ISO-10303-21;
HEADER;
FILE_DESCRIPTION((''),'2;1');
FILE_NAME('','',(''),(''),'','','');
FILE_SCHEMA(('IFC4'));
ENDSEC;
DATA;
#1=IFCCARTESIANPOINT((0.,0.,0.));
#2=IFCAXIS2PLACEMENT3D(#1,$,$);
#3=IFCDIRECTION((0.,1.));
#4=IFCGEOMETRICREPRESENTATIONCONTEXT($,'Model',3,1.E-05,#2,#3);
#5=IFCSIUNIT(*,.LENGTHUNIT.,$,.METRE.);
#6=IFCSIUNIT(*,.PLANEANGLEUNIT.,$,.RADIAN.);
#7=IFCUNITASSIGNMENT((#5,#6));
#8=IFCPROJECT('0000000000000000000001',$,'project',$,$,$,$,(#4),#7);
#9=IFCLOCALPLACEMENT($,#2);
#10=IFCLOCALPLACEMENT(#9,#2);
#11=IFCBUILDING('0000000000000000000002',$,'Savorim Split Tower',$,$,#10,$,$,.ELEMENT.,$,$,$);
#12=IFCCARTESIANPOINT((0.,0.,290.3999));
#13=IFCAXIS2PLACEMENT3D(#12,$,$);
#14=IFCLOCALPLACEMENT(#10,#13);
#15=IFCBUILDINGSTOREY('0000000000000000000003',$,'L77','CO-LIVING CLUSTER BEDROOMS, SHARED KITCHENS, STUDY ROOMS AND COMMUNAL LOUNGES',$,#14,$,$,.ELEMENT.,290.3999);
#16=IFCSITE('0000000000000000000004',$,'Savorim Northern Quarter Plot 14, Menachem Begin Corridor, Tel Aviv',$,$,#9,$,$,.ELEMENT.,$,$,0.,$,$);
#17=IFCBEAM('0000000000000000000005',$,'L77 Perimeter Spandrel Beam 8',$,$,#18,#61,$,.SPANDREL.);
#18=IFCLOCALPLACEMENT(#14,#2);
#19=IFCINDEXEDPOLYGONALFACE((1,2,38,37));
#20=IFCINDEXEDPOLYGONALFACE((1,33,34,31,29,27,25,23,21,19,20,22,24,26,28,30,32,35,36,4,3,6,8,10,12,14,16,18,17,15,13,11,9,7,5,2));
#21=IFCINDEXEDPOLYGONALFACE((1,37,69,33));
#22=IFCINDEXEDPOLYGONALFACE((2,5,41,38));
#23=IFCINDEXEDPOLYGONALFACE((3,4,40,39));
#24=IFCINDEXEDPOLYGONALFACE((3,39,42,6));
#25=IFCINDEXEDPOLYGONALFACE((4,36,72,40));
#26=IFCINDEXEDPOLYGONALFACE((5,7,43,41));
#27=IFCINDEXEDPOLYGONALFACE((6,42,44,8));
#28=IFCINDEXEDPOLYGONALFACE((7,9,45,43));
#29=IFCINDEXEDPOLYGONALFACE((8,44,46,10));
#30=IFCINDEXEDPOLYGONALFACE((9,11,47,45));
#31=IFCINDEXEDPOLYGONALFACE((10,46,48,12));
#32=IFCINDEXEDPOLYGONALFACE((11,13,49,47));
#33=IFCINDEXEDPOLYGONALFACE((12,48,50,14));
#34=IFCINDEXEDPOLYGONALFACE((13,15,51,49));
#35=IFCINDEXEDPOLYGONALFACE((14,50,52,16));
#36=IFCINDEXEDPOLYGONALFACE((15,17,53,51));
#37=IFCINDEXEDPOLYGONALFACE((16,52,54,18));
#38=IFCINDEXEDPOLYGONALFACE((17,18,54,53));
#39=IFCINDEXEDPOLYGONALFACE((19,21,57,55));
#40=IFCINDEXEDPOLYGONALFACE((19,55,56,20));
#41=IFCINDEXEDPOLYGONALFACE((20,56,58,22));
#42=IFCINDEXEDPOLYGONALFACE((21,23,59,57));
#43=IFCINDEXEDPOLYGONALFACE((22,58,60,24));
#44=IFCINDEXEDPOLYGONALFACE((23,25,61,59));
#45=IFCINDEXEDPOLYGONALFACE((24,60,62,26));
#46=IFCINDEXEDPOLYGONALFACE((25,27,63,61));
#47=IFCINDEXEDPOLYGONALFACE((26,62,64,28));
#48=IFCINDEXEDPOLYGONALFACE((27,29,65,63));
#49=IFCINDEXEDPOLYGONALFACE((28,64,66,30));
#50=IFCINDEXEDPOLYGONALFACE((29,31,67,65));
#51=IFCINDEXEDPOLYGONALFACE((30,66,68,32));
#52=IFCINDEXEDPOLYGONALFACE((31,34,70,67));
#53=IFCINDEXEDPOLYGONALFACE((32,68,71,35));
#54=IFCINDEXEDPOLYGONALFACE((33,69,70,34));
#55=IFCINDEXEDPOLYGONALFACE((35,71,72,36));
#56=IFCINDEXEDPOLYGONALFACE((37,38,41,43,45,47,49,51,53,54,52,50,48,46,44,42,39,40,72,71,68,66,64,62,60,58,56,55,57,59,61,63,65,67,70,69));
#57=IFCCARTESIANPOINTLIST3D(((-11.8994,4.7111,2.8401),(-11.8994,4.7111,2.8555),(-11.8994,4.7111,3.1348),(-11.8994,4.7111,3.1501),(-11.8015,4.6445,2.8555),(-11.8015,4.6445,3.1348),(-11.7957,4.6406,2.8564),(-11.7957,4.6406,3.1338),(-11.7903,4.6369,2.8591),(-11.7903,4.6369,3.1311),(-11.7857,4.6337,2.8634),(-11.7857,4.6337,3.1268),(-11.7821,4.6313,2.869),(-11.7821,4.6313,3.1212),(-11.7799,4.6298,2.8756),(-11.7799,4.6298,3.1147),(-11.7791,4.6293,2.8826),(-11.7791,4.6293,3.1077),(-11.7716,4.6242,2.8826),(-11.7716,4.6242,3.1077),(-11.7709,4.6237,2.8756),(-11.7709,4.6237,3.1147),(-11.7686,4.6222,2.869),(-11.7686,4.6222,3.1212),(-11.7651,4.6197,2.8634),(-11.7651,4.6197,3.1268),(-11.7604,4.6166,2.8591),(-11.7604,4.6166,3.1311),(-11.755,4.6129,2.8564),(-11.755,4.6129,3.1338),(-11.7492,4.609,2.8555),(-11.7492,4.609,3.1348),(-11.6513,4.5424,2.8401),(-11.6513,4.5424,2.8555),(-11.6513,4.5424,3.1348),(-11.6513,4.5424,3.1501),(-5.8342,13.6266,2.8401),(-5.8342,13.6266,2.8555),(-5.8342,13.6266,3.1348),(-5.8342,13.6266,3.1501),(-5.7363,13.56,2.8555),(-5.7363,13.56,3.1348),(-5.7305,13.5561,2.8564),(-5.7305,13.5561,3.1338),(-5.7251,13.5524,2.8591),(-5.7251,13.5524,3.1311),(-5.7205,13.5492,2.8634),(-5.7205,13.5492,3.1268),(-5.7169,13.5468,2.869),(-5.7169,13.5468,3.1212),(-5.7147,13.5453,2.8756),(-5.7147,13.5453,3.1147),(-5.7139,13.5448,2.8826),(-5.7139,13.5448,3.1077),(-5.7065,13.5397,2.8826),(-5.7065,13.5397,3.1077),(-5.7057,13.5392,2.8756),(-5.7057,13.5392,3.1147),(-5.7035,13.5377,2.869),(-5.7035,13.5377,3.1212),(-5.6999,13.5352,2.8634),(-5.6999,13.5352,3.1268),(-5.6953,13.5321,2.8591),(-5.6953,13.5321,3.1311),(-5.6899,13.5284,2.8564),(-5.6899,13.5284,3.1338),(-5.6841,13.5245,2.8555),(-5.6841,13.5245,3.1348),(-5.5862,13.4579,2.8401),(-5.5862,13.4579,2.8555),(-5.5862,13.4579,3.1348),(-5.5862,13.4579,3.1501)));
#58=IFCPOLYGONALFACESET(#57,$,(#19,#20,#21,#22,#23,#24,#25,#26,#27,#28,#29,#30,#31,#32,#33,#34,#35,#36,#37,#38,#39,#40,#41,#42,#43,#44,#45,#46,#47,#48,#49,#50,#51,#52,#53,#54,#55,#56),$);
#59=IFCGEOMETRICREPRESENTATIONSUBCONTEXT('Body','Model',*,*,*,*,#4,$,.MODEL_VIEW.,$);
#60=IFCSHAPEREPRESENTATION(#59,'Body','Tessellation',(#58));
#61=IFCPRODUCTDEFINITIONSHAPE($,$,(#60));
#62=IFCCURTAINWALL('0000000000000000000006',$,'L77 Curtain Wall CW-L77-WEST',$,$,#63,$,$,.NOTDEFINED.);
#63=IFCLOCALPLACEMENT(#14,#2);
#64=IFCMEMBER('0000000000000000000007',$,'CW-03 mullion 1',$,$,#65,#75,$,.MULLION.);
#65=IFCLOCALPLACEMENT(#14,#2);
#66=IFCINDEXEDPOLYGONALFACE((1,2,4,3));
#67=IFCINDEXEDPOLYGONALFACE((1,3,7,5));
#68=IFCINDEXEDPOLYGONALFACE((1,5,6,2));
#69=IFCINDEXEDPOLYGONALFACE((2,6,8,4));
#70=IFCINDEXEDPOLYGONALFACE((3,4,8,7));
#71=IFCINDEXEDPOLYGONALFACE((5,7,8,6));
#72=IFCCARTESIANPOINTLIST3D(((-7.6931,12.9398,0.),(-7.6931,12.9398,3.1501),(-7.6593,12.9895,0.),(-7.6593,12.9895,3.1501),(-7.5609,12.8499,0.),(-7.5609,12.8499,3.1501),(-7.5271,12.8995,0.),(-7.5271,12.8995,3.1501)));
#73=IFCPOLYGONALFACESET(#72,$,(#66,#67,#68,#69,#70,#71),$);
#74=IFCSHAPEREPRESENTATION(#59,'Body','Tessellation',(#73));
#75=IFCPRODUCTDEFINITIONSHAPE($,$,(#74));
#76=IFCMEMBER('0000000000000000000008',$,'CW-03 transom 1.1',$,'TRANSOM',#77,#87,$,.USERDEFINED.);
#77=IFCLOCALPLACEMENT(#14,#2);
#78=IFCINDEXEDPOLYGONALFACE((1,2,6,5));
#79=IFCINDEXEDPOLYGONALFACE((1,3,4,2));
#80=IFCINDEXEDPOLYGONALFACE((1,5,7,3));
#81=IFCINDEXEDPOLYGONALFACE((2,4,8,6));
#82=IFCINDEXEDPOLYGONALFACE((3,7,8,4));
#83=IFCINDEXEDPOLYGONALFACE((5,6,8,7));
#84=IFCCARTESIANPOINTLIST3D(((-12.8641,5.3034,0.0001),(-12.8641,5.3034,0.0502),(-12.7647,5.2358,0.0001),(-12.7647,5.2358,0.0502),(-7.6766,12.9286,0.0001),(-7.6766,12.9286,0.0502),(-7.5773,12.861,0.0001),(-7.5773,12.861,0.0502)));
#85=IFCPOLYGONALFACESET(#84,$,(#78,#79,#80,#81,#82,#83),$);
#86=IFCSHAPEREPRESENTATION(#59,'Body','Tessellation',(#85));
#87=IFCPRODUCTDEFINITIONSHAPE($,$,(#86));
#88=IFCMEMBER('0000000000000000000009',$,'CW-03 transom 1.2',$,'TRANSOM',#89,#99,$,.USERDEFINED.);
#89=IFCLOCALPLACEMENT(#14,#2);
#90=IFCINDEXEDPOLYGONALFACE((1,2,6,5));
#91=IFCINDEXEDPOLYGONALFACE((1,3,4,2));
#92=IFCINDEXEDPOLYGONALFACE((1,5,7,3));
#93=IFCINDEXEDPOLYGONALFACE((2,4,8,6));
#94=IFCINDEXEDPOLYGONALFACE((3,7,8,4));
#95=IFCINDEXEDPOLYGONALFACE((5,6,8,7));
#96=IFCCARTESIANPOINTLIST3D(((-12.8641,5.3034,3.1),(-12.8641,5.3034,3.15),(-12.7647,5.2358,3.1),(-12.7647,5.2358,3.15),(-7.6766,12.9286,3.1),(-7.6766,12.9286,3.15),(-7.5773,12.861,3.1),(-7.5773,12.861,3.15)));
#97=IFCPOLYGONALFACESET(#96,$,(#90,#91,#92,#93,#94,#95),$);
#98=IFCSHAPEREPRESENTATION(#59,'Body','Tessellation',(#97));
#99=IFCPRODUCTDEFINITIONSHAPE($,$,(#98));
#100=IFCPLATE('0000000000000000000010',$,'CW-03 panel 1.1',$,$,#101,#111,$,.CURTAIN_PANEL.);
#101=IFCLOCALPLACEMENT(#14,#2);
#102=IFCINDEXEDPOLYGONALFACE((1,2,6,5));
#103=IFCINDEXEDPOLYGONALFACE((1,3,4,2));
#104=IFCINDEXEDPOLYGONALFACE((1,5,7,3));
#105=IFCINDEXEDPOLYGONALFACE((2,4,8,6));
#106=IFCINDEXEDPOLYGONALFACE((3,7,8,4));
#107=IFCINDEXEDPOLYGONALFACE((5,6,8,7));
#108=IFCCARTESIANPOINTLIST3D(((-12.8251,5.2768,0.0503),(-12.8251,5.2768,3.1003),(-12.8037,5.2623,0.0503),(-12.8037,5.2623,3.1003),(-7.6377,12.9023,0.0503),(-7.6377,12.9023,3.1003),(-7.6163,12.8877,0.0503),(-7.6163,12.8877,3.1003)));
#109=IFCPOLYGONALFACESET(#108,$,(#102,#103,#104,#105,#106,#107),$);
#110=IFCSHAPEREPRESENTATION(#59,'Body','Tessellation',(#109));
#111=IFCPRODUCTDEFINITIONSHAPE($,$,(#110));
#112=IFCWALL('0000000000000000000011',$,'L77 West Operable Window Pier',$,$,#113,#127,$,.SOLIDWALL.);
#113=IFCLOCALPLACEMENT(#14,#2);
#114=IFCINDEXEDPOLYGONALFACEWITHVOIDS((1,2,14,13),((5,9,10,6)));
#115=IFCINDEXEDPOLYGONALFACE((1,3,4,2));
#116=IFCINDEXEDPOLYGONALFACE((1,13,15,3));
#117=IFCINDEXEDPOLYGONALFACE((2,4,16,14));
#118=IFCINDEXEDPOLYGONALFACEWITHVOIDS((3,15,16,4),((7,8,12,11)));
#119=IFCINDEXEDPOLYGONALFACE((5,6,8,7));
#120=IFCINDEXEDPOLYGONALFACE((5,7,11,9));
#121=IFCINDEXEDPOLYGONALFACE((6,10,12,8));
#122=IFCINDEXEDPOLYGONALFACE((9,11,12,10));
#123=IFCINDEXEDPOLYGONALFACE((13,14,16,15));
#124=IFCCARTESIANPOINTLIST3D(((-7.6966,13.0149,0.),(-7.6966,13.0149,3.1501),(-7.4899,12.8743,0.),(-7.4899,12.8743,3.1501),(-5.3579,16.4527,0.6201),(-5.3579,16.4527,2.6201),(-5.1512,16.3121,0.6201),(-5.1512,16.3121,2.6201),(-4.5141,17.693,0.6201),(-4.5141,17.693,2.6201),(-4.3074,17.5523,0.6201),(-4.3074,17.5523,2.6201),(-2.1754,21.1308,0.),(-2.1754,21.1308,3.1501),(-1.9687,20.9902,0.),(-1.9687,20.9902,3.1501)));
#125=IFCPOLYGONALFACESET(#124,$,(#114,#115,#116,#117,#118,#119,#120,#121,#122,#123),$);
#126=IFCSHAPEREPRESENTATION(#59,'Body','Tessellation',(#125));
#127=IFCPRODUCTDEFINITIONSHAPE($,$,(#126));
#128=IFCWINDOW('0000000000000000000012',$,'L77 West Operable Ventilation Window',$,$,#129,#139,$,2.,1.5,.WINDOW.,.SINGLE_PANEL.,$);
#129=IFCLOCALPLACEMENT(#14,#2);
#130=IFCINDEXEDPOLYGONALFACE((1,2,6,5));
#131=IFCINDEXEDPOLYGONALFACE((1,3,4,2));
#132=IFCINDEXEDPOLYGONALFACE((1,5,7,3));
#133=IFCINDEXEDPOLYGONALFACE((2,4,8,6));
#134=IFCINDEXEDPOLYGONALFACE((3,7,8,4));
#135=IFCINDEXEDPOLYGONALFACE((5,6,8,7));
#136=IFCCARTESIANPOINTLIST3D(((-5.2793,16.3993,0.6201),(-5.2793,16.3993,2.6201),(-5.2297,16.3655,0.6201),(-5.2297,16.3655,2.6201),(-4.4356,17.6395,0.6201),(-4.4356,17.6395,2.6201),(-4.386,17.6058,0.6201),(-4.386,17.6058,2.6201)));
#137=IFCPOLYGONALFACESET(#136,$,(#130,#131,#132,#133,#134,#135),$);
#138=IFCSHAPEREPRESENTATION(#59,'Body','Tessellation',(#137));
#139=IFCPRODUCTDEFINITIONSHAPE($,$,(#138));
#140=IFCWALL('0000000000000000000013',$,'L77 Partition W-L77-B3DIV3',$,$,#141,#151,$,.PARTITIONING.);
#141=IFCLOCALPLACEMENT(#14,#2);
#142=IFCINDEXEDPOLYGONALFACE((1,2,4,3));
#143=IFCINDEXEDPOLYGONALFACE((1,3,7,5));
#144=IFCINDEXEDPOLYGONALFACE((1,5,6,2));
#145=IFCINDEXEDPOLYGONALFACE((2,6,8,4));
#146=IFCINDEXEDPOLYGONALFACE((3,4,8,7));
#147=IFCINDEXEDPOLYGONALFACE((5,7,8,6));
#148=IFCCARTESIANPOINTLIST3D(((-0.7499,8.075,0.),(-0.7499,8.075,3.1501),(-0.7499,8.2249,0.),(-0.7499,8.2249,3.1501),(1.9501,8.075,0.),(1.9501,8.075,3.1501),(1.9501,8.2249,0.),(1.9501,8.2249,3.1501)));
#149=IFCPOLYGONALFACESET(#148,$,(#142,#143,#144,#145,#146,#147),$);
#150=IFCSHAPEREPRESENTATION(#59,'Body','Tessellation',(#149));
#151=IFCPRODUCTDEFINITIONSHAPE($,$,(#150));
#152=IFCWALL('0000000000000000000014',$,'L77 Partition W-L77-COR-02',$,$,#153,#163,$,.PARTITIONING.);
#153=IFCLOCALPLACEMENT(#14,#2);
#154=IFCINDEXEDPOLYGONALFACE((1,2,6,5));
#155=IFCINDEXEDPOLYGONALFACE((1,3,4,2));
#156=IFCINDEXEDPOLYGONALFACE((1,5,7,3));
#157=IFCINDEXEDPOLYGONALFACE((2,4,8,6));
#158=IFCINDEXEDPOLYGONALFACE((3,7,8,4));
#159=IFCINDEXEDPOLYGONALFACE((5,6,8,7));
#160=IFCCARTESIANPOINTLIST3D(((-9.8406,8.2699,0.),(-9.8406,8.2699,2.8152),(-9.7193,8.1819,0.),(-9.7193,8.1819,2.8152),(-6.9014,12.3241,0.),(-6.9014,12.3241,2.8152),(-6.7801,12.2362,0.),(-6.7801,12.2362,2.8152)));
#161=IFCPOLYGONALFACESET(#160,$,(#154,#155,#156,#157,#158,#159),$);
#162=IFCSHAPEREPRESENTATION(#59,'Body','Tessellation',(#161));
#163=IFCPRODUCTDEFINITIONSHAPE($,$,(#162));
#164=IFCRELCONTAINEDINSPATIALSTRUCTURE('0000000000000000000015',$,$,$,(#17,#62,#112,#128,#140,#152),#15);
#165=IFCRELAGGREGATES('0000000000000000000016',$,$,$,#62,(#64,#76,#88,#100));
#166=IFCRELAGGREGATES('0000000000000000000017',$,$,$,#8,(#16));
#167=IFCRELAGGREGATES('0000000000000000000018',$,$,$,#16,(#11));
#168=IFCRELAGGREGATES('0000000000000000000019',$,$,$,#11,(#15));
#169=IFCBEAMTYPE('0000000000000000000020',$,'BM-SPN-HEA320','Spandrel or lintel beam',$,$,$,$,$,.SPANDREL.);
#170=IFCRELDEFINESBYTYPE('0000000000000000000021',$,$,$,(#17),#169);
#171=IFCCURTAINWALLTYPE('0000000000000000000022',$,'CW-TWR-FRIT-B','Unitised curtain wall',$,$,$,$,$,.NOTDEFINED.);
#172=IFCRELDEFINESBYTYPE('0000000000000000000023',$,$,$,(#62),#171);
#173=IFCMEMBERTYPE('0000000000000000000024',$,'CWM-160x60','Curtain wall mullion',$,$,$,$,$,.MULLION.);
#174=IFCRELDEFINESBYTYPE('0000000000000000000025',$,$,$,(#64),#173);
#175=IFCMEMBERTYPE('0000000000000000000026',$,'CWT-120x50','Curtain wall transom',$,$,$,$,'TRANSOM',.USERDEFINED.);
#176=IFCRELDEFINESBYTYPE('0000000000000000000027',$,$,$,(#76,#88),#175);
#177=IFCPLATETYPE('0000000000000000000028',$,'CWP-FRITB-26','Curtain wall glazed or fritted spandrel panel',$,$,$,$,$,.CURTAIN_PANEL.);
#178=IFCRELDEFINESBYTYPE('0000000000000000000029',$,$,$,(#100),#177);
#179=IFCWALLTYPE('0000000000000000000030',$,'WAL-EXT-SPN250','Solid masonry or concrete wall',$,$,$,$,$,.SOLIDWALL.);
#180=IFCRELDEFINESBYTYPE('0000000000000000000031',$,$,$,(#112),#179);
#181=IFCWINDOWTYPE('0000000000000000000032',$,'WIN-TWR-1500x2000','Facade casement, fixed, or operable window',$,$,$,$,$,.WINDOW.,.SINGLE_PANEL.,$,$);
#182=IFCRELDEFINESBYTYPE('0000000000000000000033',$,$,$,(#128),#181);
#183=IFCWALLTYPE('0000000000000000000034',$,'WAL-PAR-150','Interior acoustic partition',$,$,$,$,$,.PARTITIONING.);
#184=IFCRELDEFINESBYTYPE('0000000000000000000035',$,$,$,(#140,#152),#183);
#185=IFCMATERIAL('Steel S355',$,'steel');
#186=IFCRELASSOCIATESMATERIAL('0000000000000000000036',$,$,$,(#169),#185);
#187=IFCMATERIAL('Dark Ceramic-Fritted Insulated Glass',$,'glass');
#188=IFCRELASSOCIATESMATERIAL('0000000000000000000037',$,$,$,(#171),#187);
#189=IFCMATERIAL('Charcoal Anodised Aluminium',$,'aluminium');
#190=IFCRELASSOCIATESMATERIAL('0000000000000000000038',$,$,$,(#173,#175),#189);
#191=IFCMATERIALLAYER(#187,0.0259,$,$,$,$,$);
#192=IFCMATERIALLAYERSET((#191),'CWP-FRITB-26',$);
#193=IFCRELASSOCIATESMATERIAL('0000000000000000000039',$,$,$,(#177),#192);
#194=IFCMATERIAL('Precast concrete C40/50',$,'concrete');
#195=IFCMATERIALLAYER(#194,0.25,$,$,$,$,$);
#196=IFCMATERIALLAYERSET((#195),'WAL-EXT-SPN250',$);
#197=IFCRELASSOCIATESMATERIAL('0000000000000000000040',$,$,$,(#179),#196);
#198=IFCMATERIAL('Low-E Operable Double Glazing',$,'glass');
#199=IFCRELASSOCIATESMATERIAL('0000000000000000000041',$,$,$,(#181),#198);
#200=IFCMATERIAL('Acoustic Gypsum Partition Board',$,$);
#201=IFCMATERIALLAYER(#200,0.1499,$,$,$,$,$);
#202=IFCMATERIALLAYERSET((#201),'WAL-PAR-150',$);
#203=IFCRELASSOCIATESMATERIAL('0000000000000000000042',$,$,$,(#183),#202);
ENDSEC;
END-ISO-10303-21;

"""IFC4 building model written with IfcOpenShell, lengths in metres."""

from ifc_helpers import new_model, si_unit, direction, frame, frame_2d, origin, origin_2d, place, context, subcontext, project, spatial, rectangle, i_section, extrude, material, layer, layer_set, material_profile, profile_set, type_object, element, fill, aggregate, save


model = new_model("IFC4")

# Units and contexts
model_context = context("Model", 3, precision=1e-05, world=origin(), true_north=direction((0.0, 1.0)))
body_context = subcontext(model_context, "Body", "Model", "MODEL_VIEW")
ifc_project = project(units=[si_unit("LENGTHUNIT", "METRE"), si_unit("PLANEANGLEUNIT", "RADIAN")], contexts=[model_context])

# Site, building, storey
site_placement = place(None, origin())
site = spatial("IfcSite", under=ifc_project, at=site_placement, Name="Savorim Northern Quarter Plot 14, Menachem Begin Corridor, Tel Aviv", CompositionType="ELEMENT", RefElevation=0.0)
building_placement = place(site_placement, origin())
building = spatial("IfcBuilding", under=site, at=building_placement, Name="Savorim Split Tower", CompositionType="ELEMENT")
storey_placement = place(building_placement, frame((0.0, 0.0, 290.3999)))
storey = spatial("IfcBuildingStorey", under=building, at=storey_placement, Name="L77", Description="CO-LIVING CLUSTER BEDROOMS, SHARED KITCHENS, STUDY ROOMS AND COMMUNAL LOUNGES", CompositionType="ELEMENT", Elevation=290.3999)

# Shared definitions
ifc_material_1 = material(Name="Steel S355", Category="steel")

# Beam
ifc_material_profile_1 = material_profile(ifc_material_1, i_section(OverallWidth=0.3, OverallDepth=0.3101, WebThickness=0.009, FlangeThickness=0.0154, FilletRadius=0.0271, at=origin_2d()), Name="HEA 320")
ifc_profile_set_1 = profile_set([ifc_material_profile_1], Name="Steel S355")
beam_type_1 = type_object("IfcBeamType", Name="BM-SPN-HEA320", Description="Spandrel or lintel beam", PredefinedType="SPANDREL", material=ifc_profile_set_1)
beam_1_placement = place(storey_placement, frame((-5.7102, 13.5422, 2.9951), z_axis=(-0.562477, -0.826813, 0.0), x_axis=(0.826813, -0.562477, 0.0)))
element("IfcBeam", 1, at=beam_1_placement, inside=storey, type_object=beam_type_1, Name="L77 Perimeter Spandrel Beam 8", PredefinedType="SPANDREL", context=body_context, shape_type="SweptSolid", body=[
    extrude(i_section(OverallWidth=0.3, OverallDepth=0.3101, WebThickness=0.009, FlangeThickness=0.0154, FilletRadius=0.0271, at=origin_2d()), origin(), (0.0, 0.0, 1.0), 10.783),
])

# Curtain wall, members, plate
ifc_material_2 = material(Name="Dark Ceramic-Fritted Insulated Glass", Category="glass")
curtain_wall_type = type_object("IfcCurtainWallType", Name="CW-TWR-FRIT-B", Description="Unitised curtain wall", PredefinedType="NOTDEFINED", material=ifc_material_2)
curtain_wall_placement = place(storey_placement, origin())
curtain_wall = element("IfcCurtainWall", 2, at=curtain_wall_placement, inside=storey, type_object=curtain_wall_type, Name="L77 Curtain Wall CW-L77-WEST", PredefinedType="NOTDEFINED")
ifc_material_3 = material(Name="Charcoal Anodised Aluminium", Category="aluminium")
ifc_material_profile_2 = material_profile(ifc_material_3, rectangle(XDim=0.1599, YDim=0.0601, at=origin_2d()), Name="ALU-M 160x60")
ifc_profile_set_2 = profile_set([ifc_material_profile_2], Name="Charcoal Anodised Aluminium")
member_type_1 = type_object("IfcMemberType", Name="CWM-160x60", Description="Curtain wall mullion", PredefinedType="MULLION", material=ifc_profile_set_2)
member_1_placement = place(storey_placement, frame((-7.6101, 12.9197, 0.0), z_axis=(0.0, 0.0, 1.0), x_axis=(0.826818, -0.56247, 0.0)))
member_1 = element("IfcMember", 3, at=member_1_placement, type_object=member_type_1, Name="CW-03 mullion 1", PredefinedType="MULLION", context=body_context, shape_type="SweptSolid", body=[
    extrude(rectangle(XDim=0.1599, YDim=0.0601, at=origin_2d()), origin(), (0.0, 0.0, 1.0), 3.1501),
])
ifc_material_profile_3 = material_profile(ifc_material_3, rectangle(XDim=0.1201, YDim=0.05, at=origin_2d()), Name="ALU-T 120x50")
ifc_profile_set_3 = profile_set([ifc_material_profile_3], Name="Charcoal Anodised Aluminium")
member_type_2 = type_object("IfcMemberType", Name="CWT-120x50", Description="Curtain wall transom", ElementType="TRANSOM", PredefinedType="USERDEFINED", material=ifc_profile_set_3)
member_2_placement = place(storey_placement, frame((-7.627, 12.8948, 0.0251), z_axis=(-0.562483, -0.826809, 0.0), x_axis=(0.826809, -0.562483, 0.0)))
member_2 = element("IfcMember", 4, at=member_2_placement, type_object=member_type_2, Name="CW-03 transom 1.1", ObjectType="TRANSOM", PredefinedType="USERDEFINED", context=body_context, shape_type="SweptSolid", body=[
    extrude(rectangle(XDim=0.1201, YDim=0.05, at=origin_2d()), origin(), (0.0, 0.0, 1.0), 9.2224),
])
member_3_placement = place(storey_placement, frame((-7.627, 12.8948, 3.125), z_axis=(-0.562483, -0.826809, 0.0), x_axis=(0.826809, -0.562483, 0.0)))
member_3 = element("IfcMember", 5, at=member_3_placement, type_object=member_type_2, Name="CW-03 transom 1.2", ObjectType="TRANSOM", PredefinedType="USERDEFINED", context=body_context, shape_type="SweptSolid", body=[
    extrude(rectangle(XDim=0.1201, YDim=0.05, at=origin_2d()), origin(), (0.0, 0.0, 1.0), 9.2224),
])
ifc_layer_1 = layer(ifc_material_2, 0.0259)
ifc_layer_set_1 = layer_set([ifc_layer_1], Name="CWP-FRITB-26")
plate_type = type_object("IfcPlateType", Name="CWP-FRITB-26", Description="Curtain wall glazed or fritted spandrel panel", PredefinedType="CURTAIN_PANEL", material=ifc_layer_set_1)
plate_placement = place(storey_placement, frame((-10.2207, 9.0823, 0.0503), z_axis=(0.0, 0.0, 1.0), x_axis=(-0.56247, -0.826818, 0.0)))
plate = element("IfcPlate", 6, at=plate_placement, type_object=plate_type, Name="CW-03 panel 1.1", PredefinedType="CURTAIN_PANEL", context=body_context, shape_type="SweptSolid", body=[
    extrude(rectangle(XDim=9.2227, YDim=0.0259, at=origin_2d()), origin(), (0.0, 0.0, 1.0), 3.05),
])
aggregate(curtain_wall, [member_1, member_2, member_3, plate])

# Shared definitions
ifc_material_4 = material(Name="Precast concrete C40/50", Category="concrete")

# Wall, opening, window
ifc_layer_2 = layer(ifc_material_4, 0.25)
ifc_layer_set_2 = layer_set([ifc_layer_2], Name="WAL-EXT-SPN250")
wall_type_1 = type_object("IfcWallType", Name="WAL-EXT-SPN250", Description="Solid masonry or concrete wall", PredefinedType="SOLIDWALL", material=ifc_layer_set_2)
wall_1_placement = place(storey_placement, frame((-7.5933, 12.9446, 0.0), z_axis=(0.0, 0.0, 1.0), x_axis=(0.562476, 0.826814, 0.0)))
wall_1 = element("IfcWall", 7, at=wall_1_placement, inside=storey, type_object=wall_type_1, Name="L77 West Operable Window Pier", PredefinedType="SOLIDWALL", context=body_context, shape_type="SweptSolid", body=[
    extrude(rectangle(XDim=9.8159, YDim=0.25, at=frame_2d((4.908, 0.0))), origin(), (0.0, 0.0, 1.0), 3.1501),
])
opening_1_placement = place(wall_1_placement, frame((4.158, 0.0, 0.6201)))
opening_1 = element("IfcOpeningElement", 8, at=opening_1_placement, cuts=wall_1, PredefinedType="OPENING", context=body_context, shape_type="SweptSolid", body=[
    extrude(rectangle(XDim=1.5, YDim=2.0, at=frame_2d((0.75, 1.0))), frame((0.0, 0.135, 0.0), z_axis=(0.0, -1.0, 0.0), x_axis=(1.0, 0.0, 0.0)), (0.0, 0.0, 1.0), 0.27),
])
ifc_material_5 = material(Name="Low-E Operable Double Glazing", Category="glass")
window_type = type_object("IfcWindowType", Name="WIN-TWR-1500x2000", Description="Facade casement, fixed, or operable window", PartitioningType="SINGLE_PANEL", PredefinedType="WINDOW", material=ifc_material_5)
window_placement = place(opening_1_placement, origin())
window = element("IfcWindow", 9, at=window_placement, inside=storey, type_object=window_type, Name="L77 West Operable Ventilation Window", OverallHeight=2.0, OverallWidth=1.5, PartitioningType="SINGLE_PANEL", PredefinedType="WINDOW", context=body_context, shape_type="SweptSolid", body=[
    extrude(rectangle(XDim=1.5, YDim=2.0, at=frame_2d((0.75, 1.0))), frame((0.0, 0.03, 0.0), z_axis=(0.0, -1.0, 0.0), x_axis=(1.0, 0.0, 0.0)), (0.0, 0.0, 1.0), 0.0601),
])
fill(opening_1, window)

# Walls
ifc_material_6 = material(Name="Acoustic Gypsum Partition Board")
ifc_layer_3 = layer(ifc_material_6, 0.1499)
ifc_layer_set_3 = layer_set([ifc_layer_3], Name="WAL-PAR-150")
wall_type_2 = type_object("IfcWallType", Name="WAL-PAR-150", Description="Interior acoustic partition", PredefinedType="PARTITIONING", material=ifc_layer_set_3)
wall_2_placement = place(storey_placement, frame((-0.75, 8.1499, 0.0), z_axis=(0.0, 0.0, 1.0), x_axis=(1.0, 0.0, 0.0)))
element("IfcWall", 10, at=wall_2_placement, inside=storey, type_object=wall_type_2, Name="L77 Partition W-L77-B3DIV3", PredefinedType="PARTITIONING", context=body_context, shape_type="SweptSolid", body=[
    extrude(rectangle(XDim=2.7, YDim=0.1499, at=frame_2d((1.3501, 0.0))), origin(), (0.0, 0.0, 1.0), 3.1501),
])
wall_3_placement = place(storey_placement, frame((-9.78, 8.2258, 0.0), z_axis=(0.0, 0.0, 1.0), x_axis=(0.586956, 0.809619, 0.0)))
element("IfcWall", 11, at=wall_3_placement, inside=storey, type_object=wall_type_2, Name="L77 Partition W-L77-COR-02", PredefinedType="PARTITIONING", context=body_context, shape_type="SweptSolid", body=[
    extrude(rectangle(XDim=5.0076, YDim=0.1499, at=frame_2d((2.5039, 0.0))), origin(), (0.0, 0.0, 1.0), 2.8152),
])

save(model, "model.ifc")
